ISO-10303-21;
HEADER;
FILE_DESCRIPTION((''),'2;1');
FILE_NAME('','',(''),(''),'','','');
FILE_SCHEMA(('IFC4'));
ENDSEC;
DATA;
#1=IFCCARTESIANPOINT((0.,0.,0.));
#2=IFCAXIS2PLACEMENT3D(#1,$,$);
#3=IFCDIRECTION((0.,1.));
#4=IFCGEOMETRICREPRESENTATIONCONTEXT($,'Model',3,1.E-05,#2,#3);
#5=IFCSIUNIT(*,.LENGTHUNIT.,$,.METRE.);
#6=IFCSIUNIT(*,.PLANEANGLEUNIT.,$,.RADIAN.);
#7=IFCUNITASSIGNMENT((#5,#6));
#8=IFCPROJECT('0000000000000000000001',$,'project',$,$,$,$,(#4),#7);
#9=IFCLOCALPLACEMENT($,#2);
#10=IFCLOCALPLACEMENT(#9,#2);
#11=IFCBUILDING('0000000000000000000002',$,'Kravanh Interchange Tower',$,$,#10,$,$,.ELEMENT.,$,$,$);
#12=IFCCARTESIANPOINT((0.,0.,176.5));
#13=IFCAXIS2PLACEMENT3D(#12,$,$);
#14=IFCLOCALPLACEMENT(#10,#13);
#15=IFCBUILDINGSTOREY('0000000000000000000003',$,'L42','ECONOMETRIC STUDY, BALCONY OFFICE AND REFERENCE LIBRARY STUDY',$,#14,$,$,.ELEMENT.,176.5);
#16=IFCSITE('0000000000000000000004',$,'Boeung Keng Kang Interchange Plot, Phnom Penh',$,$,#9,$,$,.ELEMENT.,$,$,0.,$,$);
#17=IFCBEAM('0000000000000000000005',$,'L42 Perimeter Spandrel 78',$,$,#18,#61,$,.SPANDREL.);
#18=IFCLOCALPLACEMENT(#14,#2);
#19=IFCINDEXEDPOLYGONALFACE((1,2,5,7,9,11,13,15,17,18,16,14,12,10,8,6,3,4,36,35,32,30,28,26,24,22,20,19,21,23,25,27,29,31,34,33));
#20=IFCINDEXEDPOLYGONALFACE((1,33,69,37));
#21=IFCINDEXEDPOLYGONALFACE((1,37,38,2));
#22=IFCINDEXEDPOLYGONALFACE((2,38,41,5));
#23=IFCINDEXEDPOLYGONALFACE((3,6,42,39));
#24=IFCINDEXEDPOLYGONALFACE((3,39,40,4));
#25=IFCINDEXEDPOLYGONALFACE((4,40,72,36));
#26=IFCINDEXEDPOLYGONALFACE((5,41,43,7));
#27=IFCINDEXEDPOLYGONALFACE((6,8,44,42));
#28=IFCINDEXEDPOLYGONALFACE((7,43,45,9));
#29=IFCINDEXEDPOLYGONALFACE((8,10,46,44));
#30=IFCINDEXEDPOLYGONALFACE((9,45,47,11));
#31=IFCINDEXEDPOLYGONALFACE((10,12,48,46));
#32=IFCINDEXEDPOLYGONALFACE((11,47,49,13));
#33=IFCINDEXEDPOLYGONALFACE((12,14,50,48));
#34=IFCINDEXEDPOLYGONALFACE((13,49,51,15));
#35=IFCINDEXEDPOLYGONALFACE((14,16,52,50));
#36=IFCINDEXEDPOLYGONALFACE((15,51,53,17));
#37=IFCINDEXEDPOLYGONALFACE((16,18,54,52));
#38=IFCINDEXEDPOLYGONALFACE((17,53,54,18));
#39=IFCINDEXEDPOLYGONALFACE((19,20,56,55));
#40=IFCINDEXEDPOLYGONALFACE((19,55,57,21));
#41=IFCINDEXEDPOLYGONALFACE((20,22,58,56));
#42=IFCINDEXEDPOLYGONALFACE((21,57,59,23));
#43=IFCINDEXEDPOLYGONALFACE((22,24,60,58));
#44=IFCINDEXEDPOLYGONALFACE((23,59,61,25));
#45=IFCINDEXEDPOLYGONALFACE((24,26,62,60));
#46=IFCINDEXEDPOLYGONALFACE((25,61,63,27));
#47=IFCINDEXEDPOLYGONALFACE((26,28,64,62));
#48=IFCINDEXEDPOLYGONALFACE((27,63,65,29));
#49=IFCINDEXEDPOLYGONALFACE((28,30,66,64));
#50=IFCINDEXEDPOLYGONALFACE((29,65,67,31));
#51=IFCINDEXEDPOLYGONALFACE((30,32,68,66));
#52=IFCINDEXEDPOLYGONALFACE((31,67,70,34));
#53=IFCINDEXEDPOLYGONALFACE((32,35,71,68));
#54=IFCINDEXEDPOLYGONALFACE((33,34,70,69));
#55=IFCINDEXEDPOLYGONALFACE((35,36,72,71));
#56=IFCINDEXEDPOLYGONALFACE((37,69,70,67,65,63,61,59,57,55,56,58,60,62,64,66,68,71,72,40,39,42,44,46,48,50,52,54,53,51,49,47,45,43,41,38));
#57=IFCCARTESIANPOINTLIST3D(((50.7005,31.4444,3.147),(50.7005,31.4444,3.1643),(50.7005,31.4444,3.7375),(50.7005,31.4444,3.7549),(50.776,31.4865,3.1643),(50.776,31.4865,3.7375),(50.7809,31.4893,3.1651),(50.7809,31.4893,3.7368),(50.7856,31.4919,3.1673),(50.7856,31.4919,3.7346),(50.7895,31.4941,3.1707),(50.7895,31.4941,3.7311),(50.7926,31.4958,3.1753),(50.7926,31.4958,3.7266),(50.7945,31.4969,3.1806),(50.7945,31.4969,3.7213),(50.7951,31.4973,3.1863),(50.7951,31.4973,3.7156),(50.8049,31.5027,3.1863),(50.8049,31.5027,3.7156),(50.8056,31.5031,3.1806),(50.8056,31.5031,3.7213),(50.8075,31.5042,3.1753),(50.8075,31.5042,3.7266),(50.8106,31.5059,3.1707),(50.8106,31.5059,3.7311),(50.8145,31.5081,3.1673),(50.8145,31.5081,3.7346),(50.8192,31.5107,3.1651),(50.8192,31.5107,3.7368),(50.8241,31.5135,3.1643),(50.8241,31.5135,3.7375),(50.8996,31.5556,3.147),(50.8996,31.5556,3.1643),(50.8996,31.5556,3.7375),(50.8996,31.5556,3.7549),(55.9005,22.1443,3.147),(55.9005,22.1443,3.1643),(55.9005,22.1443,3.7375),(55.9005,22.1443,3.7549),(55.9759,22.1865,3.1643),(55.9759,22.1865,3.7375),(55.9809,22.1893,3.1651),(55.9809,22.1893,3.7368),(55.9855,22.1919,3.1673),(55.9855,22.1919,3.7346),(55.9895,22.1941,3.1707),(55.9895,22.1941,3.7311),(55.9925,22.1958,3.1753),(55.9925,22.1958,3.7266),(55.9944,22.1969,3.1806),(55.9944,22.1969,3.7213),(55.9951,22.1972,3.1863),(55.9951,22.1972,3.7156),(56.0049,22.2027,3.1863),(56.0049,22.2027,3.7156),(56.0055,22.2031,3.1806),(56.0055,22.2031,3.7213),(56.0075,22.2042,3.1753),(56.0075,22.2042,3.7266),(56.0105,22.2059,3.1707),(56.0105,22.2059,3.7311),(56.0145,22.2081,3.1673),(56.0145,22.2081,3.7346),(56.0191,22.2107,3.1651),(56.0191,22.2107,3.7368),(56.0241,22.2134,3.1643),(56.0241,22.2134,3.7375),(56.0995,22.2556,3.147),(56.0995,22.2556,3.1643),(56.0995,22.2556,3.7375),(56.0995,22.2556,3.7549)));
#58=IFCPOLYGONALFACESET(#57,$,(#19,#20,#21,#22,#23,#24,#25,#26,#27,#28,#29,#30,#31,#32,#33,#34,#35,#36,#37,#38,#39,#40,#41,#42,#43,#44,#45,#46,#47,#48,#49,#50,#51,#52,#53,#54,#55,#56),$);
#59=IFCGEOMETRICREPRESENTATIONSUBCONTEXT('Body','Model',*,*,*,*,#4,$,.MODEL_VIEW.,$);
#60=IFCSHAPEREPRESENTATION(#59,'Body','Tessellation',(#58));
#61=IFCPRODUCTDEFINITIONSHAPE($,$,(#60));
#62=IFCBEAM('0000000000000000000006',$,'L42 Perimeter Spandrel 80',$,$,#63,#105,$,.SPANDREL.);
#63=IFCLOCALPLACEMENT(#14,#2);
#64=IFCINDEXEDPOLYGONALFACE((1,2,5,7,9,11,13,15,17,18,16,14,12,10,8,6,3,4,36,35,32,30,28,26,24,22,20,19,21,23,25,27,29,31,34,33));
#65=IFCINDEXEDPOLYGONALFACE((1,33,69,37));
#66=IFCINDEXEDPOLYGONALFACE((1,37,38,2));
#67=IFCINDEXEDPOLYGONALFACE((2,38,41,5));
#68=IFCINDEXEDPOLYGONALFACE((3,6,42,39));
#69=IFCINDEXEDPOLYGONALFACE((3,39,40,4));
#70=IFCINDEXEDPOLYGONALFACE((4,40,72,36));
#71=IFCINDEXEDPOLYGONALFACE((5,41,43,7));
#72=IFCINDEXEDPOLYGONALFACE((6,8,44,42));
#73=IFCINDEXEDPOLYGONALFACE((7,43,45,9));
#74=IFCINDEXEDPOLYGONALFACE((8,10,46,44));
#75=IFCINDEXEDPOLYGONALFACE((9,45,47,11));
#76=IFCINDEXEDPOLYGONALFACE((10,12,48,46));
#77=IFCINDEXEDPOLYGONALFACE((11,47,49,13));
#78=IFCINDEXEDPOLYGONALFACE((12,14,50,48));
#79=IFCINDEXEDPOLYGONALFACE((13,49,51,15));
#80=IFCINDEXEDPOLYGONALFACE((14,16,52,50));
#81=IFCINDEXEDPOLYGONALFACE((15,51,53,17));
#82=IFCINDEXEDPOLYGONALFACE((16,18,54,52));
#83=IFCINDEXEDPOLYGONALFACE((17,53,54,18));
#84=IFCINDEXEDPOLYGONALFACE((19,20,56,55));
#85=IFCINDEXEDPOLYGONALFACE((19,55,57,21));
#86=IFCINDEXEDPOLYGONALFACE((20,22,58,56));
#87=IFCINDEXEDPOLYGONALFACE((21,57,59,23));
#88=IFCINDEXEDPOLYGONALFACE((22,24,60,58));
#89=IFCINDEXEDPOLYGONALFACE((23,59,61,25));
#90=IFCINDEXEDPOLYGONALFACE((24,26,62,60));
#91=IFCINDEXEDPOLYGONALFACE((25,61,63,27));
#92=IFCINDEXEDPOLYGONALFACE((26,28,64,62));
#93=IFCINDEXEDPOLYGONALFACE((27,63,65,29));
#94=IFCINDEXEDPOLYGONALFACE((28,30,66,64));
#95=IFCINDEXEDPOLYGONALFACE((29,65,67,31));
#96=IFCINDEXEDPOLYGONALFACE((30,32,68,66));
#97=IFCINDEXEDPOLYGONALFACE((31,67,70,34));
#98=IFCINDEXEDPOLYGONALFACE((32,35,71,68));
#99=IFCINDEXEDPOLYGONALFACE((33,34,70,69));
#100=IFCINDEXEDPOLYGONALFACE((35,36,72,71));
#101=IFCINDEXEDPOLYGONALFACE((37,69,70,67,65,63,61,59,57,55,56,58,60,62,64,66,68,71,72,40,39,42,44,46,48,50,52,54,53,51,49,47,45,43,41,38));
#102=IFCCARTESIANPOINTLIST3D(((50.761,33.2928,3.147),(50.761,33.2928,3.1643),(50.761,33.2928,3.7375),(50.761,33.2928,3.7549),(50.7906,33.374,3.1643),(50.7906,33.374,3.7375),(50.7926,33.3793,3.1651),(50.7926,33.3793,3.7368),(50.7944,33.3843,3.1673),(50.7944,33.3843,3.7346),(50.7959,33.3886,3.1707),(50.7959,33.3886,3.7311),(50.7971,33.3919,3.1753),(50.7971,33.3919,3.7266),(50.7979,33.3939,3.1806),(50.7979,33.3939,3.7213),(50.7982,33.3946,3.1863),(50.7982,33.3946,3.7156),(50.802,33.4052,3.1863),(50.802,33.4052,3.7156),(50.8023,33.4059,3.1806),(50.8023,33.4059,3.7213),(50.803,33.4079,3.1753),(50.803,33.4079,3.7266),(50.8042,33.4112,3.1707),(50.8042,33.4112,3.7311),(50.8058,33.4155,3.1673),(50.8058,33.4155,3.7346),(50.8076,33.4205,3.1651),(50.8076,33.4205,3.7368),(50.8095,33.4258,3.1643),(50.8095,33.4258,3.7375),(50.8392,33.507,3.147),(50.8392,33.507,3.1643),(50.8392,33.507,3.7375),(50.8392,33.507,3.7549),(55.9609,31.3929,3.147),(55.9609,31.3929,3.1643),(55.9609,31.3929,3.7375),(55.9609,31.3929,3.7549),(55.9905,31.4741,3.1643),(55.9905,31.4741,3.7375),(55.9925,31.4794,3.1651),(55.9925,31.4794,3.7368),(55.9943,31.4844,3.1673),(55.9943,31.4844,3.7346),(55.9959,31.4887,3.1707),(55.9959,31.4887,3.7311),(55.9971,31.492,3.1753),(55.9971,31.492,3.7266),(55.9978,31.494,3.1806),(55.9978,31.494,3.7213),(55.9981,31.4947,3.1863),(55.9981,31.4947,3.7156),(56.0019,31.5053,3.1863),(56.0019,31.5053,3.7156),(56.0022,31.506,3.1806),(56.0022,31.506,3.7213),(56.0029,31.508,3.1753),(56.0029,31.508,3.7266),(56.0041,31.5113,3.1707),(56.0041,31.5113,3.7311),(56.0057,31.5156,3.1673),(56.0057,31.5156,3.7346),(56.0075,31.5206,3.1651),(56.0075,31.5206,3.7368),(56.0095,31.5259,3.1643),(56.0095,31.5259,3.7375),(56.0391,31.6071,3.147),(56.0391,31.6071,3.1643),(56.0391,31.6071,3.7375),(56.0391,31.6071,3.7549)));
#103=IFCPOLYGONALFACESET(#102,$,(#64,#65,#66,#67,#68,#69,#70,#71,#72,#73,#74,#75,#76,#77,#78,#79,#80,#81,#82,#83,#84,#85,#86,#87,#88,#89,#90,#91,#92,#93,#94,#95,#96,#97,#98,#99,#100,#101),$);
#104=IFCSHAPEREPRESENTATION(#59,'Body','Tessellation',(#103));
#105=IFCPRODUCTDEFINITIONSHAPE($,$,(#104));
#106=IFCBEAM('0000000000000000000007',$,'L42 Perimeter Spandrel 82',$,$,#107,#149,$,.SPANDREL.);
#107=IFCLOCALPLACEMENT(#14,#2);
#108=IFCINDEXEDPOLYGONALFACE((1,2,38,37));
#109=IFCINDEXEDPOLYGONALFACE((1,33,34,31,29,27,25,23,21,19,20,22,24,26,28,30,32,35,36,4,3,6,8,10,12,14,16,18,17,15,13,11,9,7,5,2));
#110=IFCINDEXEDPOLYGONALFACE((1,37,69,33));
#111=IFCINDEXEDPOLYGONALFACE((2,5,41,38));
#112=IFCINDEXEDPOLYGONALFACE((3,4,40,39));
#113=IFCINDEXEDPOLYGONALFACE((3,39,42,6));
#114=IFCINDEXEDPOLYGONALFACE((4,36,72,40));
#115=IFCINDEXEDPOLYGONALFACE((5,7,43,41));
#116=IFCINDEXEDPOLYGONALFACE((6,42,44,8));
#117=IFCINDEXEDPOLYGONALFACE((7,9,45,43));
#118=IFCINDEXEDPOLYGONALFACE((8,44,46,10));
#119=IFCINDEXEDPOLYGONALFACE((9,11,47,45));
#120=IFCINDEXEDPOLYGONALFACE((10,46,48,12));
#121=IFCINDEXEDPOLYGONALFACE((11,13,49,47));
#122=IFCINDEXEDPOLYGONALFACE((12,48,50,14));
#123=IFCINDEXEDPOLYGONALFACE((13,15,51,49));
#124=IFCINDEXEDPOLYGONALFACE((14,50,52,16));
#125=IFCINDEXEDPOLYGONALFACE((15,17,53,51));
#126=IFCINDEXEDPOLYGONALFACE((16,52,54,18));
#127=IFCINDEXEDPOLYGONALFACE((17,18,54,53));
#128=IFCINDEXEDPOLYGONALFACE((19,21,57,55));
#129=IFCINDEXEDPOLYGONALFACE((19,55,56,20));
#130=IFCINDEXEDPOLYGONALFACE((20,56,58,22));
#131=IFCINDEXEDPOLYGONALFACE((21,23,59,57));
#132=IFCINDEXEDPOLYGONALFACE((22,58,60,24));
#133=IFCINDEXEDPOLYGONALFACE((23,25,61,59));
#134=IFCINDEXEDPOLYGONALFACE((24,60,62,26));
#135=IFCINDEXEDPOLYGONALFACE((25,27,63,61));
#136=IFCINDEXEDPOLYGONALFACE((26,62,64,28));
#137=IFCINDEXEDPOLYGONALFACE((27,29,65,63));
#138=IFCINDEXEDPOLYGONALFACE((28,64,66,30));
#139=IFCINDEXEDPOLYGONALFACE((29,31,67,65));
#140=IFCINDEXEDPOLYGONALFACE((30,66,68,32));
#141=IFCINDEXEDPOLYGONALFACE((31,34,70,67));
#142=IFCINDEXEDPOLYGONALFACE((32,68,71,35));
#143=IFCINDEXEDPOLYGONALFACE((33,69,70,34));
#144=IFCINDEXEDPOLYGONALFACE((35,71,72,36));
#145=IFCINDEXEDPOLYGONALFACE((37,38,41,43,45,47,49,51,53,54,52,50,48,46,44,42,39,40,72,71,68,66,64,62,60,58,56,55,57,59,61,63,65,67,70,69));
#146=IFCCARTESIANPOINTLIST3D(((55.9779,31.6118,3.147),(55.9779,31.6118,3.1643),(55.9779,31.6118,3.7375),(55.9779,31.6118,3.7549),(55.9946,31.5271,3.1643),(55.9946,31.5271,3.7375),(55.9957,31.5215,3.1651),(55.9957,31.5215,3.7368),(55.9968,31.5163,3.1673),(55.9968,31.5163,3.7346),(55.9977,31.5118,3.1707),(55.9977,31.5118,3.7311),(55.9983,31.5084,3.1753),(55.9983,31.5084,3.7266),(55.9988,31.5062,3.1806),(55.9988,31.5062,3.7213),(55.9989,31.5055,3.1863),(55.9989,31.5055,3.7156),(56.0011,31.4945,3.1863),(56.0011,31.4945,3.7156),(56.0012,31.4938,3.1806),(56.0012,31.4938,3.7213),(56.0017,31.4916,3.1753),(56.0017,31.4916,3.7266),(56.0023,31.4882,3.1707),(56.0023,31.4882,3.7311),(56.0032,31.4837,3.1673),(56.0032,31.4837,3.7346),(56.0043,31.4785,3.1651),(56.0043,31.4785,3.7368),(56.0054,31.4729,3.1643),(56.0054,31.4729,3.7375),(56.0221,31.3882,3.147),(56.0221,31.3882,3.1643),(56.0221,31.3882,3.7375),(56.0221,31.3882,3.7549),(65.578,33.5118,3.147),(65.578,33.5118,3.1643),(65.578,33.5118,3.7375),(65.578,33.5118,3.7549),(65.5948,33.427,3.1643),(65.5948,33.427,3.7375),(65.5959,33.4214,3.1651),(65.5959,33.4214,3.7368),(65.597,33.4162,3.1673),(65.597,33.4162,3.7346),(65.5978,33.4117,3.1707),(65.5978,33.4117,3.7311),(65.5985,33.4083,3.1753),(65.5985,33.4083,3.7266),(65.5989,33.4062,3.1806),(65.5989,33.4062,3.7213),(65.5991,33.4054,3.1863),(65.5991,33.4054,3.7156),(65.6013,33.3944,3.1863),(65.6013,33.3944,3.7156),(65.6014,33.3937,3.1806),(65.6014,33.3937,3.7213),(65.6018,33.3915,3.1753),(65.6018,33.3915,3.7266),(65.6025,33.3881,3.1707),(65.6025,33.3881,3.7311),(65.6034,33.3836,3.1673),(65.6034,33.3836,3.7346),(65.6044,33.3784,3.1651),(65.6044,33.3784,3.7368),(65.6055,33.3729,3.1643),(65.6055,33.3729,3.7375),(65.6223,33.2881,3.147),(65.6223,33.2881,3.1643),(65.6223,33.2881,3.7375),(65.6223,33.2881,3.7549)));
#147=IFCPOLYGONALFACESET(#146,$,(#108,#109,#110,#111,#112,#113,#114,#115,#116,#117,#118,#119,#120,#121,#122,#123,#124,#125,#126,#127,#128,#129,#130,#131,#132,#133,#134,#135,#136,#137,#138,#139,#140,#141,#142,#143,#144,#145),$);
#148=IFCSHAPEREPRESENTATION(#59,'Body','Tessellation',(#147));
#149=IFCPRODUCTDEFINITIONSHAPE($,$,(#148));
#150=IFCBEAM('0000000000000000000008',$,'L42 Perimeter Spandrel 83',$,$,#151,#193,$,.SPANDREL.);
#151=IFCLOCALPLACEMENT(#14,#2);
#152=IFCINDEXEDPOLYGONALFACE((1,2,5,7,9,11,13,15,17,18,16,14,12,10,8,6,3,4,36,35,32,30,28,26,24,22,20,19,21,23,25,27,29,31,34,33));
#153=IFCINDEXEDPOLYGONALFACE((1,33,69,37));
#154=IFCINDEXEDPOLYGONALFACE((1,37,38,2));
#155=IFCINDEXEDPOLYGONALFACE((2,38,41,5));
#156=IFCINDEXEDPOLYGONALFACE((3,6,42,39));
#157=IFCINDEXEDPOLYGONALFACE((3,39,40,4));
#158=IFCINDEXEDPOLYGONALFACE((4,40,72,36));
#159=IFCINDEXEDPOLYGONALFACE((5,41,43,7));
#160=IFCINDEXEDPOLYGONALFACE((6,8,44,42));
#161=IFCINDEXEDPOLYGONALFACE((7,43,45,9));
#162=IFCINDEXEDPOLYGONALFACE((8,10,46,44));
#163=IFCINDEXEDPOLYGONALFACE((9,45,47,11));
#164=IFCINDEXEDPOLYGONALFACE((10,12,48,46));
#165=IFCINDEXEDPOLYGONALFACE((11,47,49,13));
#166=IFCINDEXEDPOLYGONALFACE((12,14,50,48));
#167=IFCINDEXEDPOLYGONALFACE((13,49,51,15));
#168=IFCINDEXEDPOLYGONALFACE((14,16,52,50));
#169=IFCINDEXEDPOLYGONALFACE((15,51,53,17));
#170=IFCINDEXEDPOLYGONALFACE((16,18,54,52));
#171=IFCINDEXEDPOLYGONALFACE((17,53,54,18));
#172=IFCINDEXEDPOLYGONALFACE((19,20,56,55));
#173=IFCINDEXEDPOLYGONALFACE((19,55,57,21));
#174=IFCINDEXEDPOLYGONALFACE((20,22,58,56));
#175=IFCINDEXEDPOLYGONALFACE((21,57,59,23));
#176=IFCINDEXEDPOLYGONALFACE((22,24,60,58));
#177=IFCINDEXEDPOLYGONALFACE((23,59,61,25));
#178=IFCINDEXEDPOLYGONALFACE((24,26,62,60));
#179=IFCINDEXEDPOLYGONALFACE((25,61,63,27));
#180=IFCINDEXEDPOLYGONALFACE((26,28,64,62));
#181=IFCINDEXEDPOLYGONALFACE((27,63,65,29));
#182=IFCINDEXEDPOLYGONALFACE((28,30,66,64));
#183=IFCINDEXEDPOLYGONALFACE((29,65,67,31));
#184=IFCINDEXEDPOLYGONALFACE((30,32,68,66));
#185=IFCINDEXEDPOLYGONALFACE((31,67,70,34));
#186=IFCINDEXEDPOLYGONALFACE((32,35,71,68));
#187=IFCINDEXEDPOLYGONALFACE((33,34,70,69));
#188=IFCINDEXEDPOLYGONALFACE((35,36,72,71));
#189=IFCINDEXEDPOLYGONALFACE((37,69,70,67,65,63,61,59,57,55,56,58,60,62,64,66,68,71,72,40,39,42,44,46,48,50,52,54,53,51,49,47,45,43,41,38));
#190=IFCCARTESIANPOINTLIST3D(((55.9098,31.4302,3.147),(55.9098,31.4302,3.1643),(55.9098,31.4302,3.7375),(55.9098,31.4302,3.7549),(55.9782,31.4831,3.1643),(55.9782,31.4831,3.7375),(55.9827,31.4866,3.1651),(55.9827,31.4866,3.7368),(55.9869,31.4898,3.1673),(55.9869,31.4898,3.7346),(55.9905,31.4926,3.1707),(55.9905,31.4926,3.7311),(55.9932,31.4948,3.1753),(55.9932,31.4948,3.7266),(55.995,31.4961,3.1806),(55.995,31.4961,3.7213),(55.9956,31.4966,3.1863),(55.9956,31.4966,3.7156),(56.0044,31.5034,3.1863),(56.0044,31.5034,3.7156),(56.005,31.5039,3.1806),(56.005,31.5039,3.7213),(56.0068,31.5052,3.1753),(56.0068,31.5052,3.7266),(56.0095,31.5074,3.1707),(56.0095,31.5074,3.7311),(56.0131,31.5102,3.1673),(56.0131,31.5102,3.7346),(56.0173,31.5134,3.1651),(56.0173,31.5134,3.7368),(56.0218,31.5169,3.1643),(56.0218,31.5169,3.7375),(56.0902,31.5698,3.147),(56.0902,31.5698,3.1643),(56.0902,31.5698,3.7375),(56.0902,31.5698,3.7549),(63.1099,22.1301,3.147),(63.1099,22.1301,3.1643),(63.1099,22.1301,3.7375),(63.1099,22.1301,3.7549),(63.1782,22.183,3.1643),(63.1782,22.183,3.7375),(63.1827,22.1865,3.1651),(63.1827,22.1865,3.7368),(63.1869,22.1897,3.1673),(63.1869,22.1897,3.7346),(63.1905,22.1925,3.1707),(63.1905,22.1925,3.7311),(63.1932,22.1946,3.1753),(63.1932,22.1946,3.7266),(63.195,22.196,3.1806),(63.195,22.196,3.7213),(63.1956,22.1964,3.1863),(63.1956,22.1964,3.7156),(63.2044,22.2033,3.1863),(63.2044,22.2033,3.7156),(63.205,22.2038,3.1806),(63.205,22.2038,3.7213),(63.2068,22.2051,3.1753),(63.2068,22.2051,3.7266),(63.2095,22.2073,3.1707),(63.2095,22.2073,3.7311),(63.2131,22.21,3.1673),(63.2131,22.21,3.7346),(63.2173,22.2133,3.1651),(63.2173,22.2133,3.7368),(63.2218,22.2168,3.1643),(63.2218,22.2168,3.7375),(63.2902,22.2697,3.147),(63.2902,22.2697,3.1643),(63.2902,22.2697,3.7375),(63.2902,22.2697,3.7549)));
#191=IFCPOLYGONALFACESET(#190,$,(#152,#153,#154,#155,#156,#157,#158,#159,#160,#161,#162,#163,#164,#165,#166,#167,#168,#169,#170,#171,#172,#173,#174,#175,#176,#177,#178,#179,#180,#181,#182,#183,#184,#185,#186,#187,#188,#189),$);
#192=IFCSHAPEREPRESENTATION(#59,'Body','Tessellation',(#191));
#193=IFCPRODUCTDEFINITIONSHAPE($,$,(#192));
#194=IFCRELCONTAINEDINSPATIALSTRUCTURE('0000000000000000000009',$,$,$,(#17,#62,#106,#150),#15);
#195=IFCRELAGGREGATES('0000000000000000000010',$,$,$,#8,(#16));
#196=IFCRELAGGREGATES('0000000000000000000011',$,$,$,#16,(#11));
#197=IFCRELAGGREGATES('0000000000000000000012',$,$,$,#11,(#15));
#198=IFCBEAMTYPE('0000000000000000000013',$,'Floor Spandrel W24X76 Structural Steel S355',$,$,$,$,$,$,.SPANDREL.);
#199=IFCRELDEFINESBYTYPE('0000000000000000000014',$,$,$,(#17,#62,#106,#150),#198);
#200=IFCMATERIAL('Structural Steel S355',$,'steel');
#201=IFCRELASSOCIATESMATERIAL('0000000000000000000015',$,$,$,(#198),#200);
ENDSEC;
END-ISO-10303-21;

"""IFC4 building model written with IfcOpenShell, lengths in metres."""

from ifc_helpers import new_model, si_unit, direction, frame, origin, origin_2d, place, context, subcontext, project, spatial, i_section, extrude, material, material_profile, profile_set, type_object, element, save


model = new_model("IFC4")

# Units and contexts
model_context = context("Model", 3, precision=1e-05, world=origin(), true_north=direction((0.0, 1.0)))
body_context = subcontext(model_context, "Body", "Model", "MODEL_VIEW")
ifc_project = project(units=[si_unit("LENGTHUNIT", "METRE"), si_unit("PLANEANGLEUNIT", "RADIAN")], contexts=[model_context])

# Site, building, storey
site_placement = place(None, origin())
site = spatial("IfcSite", under=ifc_project, at=site_placement, Name="Boeung Keng Kang Interchange Plot, Phnom Penh", CompositionType="ELEMENT", RefElevation=0.0)
building_placement = place(site_placement, origin())
building = spatial("IfcBuilding", under=site, at=building_placement, Name="Kravanh Interchange Tower", CompositionType="ELEMENT")
storey_placement = place(building_placement, frame((0.0, 0.0, 176.5)))
storey = spatial("IfcBuildingStorey", under=building, at=storey_placement, Name="L42", Description="ECONOMETRIC STUDY, BALCONY OFFICE AND REFERENCE LIBRARY STUDY", CompositionType="ELEMENT", Elevation=176.5)

# Beams
ifc_material_1 = material(Name="Structural Steel S355", Category="steel")
ifc_material_profile_1 = material_profile(ifc_material_1, i_section(OverallWidth=0.228, OverallDepth=0.6079, WebThickness=0.0112, FlangeThickness=0.0173, FilletRadius=0.022, at=origin_2d()), Name="W24X76")
ifc_profile_set_1 = profile_set([ifc_material_profile_1], Name="Structural Steel S355")
beam_type_1 = type_object("IfcBeamType", Name="Floor Spandrel W24X76 Structural Steel S355", PredefinedType="SPANDREL", material=ifc_profile_set_1)
beam_1_placement = place(storey_placement, frame((50.8, 31.5, 3.4509), z_axis=(0.488026, -0.872829, 0.0), x_axis=(0.872829, 0.488026, 0.0)))
element("IfcBeam", 1, at=beam_1_placement, inside=storey, type_object=beam_type_1, Name="L42 Perimeter Spandrel 78", PredefinedType="SPANDREL", context=body_context, shape_type="SweptSolid", body=[
    extrude(i_section(OverallWidth=0.228, OverallDepth=0.6079, WebThickness=0.0112, FlangeThickness=0.0173, FilletRadius=0.022, at=origin_2d()), origin(), (0.0, 0.0, 1.0), 10.655),
])
beam_2_placement = place(storey_placement, frame((56.0, 31.5, 3.4509), z_axis=(-0.93927, 0.34318, 0.0), x_axis=(-0.34318, -0.93927, 0.0)))
element("IfcBeam", 2, at=beam_2_placement, inside=storey, type_object=beam_type_1, Name="L42 Perimeter Spandrel 80", PredefinedType="SPANDREL", context=body_context, shape_type="SweptSolid", body=[
    extrude(i_section(OverallWidth=0.228, OverallDepth=0.6079, WebThickness=0.0112, FlangeThickness=0.0173, FilletRadius=0.022, at=origin_2d()), origin(), (0.0, 0.0, 1.0), 5.5361),
])
beam_3_placement = place(storey_placement, frame((56.0, 31.5, 3.4509), z_axis=(0.980974, 0.194139, 0.0), x_axis=(-0.194139, 0.980974, 0.0)))
element("IfcBeam", 3, at=beam_3_placement, inside=storey, type_object=beam_type_1, Name="L42 Perimeter Spandrel 82", PredefinedType="SPANDREL", context=body_context, shape_type="SweptSolid", body=[
    extrude(i_section(OverallWidth=0.228, OverallDepth=0.6079, WebThickness=0.0112, FlangeThickness=0.0173, FilletRadius=0.022, at=origin_2d()), origin(), (0.0, 0.0, 1.0), 9.7864),
])
beam_4_placement = place(storey_placement, frame((56.0, 31.5, 3.4509), z_axis=(0.612169, -0.790727, 0.0), x_axis=(0.790727, 0.612169, 0.0)))
element("IfcBeam", 4, at=beam_4_placement, inside=storey, type_object=beam_type_1, Name="L42 Perimeter Spandrel 83", PredefinedType="SPANDREL", context=body_context, shape_type="SweptSolid", body=[
    extrude(i_section(OverallWidth=0.228, OverallDepth=0.6079, WebThickness=0.0112, FlangeThickness=0.0173, FilletRadius=0.022, at=origin_2d()), origin(), (0.0, 0.0, 1.0), 11.7615),
])

save(model, "model.ifc")
